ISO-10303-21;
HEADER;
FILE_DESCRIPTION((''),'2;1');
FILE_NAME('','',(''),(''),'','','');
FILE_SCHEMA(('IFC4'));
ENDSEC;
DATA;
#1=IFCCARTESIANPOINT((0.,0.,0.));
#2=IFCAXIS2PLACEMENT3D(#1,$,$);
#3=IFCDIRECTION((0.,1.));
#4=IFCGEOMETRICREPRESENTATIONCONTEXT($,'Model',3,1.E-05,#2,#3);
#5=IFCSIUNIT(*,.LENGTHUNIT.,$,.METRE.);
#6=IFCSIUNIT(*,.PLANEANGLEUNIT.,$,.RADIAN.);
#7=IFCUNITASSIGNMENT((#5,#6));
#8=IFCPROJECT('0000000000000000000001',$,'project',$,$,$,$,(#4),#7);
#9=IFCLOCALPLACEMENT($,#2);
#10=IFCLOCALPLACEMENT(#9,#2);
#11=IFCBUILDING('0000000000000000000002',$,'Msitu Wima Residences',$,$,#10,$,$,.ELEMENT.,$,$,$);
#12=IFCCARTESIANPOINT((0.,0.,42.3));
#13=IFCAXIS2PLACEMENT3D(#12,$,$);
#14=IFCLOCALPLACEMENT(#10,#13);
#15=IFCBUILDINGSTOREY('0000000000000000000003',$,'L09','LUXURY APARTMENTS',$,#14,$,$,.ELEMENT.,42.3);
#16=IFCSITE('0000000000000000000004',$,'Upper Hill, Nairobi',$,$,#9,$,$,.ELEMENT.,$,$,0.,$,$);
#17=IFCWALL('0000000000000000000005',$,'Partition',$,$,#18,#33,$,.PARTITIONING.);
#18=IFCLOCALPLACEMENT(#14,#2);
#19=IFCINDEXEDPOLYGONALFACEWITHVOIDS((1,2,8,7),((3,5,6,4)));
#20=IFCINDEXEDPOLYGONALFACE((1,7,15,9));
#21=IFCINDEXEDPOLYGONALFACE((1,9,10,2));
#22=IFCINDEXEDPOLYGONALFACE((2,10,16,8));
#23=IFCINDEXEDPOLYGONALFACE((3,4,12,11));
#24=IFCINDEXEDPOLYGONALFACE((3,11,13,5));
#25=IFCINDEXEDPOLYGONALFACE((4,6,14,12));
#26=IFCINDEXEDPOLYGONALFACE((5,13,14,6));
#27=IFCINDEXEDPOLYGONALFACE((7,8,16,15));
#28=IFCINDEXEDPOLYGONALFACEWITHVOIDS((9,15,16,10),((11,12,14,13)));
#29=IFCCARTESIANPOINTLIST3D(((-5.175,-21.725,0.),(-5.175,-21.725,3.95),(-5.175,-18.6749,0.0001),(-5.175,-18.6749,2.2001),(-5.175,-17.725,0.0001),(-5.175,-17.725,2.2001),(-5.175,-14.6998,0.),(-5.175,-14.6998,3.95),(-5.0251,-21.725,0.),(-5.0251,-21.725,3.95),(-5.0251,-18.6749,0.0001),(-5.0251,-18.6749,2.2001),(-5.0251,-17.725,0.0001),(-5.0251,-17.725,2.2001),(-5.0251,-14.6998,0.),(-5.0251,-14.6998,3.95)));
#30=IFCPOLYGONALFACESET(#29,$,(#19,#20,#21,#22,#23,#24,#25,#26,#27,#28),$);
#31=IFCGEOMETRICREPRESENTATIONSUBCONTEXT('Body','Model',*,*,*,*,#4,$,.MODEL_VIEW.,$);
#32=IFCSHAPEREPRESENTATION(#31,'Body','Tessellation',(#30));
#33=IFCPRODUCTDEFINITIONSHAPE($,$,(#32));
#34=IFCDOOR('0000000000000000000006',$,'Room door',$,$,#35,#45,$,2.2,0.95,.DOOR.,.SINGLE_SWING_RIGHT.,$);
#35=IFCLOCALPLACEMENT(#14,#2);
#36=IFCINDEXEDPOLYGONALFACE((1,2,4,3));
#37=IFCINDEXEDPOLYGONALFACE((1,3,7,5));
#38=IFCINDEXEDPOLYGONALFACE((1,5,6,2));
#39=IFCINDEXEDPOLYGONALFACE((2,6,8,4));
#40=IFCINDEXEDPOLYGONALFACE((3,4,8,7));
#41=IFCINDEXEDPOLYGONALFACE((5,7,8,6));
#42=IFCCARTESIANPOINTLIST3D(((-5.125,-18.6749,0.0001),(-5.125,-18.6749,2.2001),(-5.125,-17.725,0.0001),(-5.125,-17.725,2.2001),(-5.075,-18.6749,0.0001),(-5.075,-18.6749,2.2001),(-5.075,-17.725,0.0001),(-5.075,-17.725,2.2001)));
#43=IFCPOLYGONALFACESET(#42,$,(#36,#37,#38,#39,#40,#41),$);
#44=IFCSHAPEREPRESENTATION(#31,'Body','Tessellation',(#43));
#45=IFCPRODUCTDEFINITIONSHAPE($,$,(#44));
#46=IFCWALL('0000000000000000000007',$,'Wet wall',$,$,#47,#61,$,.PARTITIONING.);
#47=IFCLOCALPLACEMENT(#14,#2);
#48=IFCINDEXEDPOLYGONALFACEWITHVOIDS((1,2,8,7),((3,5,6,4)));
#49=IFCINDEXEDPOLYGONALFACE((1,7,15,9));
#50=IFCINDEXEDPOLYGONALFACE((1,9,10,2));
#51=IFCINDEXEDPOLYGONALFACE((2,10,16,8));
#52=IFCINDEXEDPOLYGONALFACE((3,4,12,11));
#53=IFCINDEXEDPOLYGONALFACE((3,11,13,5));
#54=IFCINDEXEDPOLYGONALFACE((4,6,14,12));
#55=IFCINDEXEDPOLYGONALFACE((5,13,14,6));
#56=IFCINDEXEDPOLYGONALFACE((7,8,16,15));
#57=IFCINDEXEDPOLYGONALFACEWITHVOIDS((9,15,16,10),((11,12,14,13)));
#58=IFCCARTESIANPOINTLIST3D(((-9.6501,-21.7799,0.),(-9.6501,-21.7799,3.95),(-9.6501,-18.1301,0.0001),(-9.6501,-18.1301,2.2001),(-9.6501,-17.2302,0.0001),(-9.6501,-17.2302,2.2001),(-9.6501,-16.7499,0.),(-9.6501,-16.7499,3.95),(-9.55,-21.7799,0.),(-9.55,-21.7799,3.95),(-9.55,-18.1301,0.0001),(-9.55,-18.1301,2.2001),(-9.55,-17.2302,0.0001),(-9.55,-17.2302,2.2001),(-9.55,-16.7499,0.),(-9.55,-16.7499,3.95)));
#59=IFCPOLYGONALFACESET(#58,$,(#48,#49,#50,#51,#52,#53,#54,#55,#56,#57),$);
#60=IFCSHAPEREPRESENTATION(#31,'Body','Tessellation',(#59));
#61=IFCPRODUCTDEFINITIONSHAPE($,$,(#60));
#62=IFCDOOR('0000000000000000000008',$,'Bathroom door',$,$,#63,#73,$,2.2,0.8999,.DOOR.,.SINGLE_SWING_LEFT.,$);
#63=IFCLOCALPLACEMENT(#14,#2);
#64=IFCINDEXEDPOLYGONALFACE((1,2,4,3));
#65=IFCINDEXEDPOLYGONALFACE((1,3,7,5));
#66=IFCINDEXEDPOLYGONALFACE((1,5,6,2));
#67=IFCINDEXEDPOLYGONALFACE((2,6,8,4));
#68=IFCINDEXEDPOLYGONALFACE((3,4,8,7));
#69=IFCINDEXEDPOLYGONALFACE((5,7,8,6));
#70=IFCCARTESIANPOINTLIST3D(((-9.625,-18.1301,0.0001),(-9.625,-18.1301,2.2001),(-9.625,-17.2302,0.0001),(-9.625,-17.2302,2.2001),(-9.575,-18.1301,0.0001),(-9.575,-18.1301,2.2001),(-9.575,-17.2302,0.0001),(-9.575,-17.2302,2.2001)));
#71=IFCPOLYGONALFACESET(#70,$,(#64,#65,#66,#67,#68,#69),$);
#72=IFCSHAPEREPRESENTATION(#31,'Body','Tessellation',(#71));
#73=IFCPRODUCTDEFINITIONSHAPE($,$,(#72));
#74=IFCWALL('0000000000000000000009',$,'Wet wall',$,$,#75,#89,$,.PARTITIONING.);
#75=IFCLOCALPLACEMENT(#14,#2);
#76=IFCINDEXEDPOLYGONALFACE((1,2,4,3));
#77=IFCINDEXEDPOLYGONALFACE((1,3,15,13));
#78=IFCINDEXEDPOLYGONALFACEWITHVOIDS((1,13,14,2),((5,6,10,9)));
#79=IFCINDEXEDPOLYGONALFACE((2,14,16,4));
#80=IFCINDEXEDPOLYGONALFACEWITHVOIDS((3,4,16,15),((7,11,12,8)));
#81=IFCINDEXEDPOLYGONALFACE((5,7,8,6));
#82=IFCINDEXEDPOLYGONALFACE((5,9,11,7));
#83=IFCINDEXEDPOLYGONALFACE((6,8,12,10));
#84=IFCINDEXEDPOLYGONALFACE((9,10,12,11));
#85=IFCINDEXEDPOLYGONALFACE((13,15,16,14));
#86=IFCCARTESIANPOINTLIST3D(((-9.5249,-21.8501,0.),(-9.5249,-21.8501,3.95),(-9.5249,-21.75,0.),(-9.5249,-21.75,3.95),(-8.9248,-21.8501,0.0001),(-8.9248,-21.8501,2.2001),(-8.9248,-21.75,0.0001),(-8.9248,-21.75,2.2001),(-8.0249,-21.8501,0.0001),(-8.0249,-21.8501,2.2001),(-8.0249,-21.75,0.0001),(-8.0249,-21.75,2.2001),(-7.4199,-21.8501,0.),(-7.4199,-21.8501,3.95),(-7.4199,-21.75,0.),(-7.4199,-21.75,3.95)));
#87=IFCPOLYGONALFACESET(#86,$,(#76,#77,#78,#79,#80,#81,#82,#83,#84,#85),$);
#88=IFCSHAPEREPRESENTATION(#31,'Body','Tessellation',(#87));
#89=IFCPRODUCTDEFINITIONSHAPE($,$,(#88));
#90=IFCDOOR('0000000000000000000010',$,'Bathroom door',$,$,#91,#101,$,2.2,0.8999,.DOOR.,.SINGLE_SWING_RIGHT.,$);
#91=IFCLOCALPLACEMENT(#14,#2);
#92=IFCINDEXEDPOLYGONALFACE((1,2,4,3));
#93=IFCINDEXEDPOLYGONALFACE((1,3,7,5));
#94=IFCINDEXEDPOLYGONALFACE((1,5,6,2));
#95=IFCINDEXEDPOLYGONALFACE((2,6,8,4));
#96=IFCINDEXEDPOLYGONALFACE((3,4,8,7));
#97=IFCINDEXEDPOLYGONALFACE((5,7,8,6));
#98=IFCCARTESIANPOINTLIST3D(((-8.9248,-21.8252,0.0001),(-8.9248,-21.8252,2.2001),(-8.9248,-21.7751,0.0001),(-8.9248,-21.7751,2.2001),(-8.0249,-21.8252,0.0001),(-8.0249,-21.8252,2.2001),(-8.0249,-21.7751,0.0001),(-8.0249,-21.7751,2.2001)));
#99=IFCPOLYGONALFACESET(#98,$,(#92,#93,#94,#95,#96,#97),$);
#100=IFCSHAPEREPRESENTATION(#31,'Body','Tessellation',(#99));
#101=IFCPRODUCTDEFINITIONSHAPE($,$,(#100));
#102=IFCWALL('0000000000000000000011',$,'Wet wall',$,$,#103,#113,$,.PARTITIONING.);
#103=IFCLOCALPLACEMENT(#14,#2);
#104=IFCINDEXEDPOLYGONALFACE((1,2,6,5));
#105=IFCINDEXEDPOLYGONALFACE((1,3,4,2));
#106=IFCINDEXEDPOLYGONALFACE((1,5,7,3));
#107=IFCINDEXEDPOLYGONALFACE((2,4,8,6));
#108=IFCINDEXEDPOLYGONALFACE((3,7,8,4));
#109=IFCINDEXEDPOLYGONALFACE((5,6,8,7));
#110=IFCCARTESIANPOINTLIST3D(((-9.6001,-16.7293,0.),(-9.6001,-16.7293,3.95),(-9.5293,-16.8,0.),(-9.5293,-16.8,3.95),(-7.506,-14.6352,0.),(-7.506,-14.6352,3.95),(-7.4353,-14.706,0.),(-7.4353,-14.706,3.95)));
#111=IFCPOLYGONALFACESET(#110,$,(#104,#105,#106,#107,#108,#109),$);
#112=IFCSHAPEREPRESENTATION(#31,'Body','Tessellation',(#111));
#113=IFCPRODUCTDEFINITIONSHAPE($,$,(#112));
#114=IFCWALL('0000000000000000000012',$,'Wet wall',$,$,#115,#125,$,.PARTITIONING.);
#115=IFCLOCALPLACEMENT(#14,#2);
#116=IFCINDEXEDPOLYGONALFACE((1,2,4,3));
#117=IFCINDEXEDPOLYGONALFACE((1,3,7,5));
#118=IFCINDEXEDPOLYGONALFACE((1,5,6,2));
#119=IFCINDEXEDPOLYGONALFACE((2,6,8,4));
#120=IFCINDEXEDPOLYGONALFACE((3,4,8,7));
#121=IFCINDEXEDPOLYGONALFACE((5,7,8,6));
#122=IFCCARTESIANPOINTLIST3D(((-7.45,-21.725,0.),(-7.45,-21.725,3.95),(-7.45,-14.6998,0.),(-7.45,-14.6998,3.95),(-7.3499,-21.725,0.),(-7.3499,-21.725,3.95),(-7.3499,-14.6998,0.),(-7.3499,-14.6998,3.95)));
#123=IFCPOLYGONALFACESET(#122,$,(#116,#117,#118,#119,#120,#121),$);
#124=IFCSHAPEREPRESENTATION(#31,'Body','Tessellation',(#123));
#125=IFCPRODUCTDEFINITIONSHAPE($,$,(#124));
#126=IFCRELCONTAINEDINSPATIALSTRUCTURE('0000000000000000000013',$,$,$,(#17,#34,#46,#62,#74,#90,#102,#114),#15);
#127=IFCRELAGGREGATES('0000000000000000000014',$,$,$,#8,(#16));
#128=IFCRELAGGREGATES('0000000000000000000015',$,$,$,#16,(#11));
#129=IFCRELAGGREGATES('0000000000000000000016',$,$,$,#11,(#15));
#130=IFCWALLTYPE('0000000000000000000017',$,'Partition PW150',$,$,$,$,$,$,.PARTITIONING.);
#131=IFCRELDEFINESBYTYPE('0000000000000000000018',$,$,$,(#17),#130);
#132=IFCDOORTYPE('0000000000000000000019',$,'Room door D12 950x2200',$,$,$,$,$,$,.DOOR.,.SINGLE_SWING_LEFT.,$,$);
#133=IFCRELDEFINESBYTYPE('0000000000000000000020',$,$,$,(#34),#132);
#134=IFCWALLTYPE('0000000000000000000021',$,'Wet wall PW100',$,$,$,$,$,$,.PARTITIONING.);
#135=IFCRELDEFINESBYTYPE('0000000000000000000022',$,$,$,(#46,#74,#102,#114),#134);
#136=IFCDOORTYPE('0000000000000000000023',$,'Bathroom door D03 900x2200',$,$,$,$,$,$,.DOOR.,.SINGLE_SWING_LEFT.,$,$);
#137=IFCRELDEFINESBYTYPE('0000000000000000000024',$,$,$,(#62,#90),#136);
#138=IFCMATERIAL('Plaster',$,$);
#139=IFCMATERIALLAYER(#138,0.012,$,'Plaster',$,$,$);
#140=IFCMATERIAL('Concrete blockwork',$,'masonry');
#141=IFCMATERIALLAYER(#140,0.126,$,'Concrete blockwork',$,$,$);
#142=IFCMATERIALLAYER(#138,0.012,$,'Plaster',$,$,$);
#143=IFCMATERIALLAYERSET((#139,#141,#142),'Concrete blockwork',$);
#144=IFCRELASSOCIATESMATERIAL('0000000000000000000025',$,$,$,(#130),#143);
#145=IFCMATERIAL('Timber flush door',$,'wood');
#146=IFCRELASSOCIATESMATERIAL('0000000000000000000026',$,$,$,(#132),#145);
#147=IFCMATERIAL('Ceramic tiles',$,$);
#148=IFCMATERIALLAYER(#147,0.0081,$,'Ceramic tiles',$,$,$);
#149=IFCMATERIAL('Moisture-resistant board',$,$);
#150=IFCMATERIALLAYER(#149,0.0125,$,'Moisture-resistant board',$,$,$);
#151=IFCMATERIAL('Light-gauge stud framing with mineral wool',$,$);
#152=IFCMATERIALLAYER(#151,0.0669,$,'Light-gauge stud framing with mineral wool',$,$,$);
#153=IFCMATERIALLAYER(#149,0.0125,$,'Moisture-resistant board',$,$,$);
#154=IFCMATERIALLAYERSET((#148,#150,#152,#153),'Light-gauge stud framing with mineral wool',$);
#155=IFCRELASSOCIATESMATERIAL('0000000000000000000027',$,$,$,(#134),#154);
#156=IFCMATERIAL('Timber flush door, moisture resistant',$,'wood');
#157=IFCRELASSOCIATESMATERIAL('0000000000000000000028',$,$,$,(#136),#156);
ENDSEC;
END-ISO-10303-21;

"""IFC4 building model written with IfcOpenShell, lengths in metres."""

from ifc_helpers import new_model, si_unit, direction, frame, frame_2d, origin, place, context, subcontext, project, spatial, rectangle, extrude, material, layer, layer_set, type_object, element, fill, save


model = new_model("IFC4")

# Units and contexts
model_context = context("Model", 3, precision=1e-05, world=origin(), true_north=direction((0.0, 1.0)))
body_context = subcontext(model_context, "Body", "Model", "MODEL_VIEW")
ifc_project = project(units=[si_unit("LENGTHUNIT", "METRE"), si_unit("PLANEANGLEUNIT", "RADIAN")], contexts=[model_context])

# Site, building, storey
site_placement = place(None, origin())
site = spatial("IfcSite", under=ifc_project, at=site_placement, Name="Upper Hill, Nairobi", CompositionType="ELEMENT", RefElevation=0.0)
building_placement = place(site_placement, origin())
building = spatial("IfcBuilding", under=site, at=building_placement, Name="Msitu Wima Residences", CompositionType="ELEMENT")
storey_placement = place(building_placement, frame((0.0, 0.0, 42.3)))
storey = spatial("IfcBuildingStorey", under=building, at=storey_placement, Name="L09", Description="LUXURY APARTMENTS", CompositionType="ELEMENT", Elevation=42.3)

# Shared definitions
ifc_material_1 = material(Name="Plaster")
ifc_layer_1 = layer(ifc_material_1, 0.012, Name="Plaster")
ifc_material_2 = material(Name="Concrete blockwork", Category="masonry")
ifc_layer_2 = layer(ifc_material_2, 0.126, Name="Concrete blockwork")
ifc_layer_3 = layer(ifc_material_1, 0.012, Name="Plaster")
ifc_layer_set_1 = layer_set([ifc_layer_1, ifc_layer_2, ifc_layer_3], Name="Concrete blockwork")
wall_type_1 = type_object("IfcWallType", Name="Partition PW150", PredefinedType="PARTITIONING", material=ifc_layer_set_1)

# Walls, openings, doors
ifc_material_3 = material(Name="Timber flush door", Category="wood")
door_type_1 = type_object("IfcDoorType", Name="Room door D12 950x2200", OperationType="SINGLE_SWING_LEFT", PredefinedType="DOOR", material=ifc_material_3)
wall_1_placement = place(storey_placement, frame((-5.1001, -21.7251, 0.0), z_axis=(0.0, 0.0, 1.0), x_axis=(0.0, 1.0, 0.0)))
wall_1 = element("IfcWall", 1, at=wall_1_placement, inside=storey, type_object=wall_type_1, Name="Partition", PredefinedType="PARTITIONING", context=body_context, shape_type="SweptSolid", body=[
    extrude(rectangle(XDim=7.0251, YDim=0.1499, at=frame_2d((3.5127, 0.0))), origin(), (0.0, 0.0, 1.0), 3.95),
])
opening_1_placement = place(wall_1_placement, frame((3.05, 0.0, 0.0)))
opening_1 = element("IfcOpeningElement", 2, at=opening_1_placement, cuts=wall_1, PredefinedType="OPENING", context=body_context, shape_type="SweptSolid", body=[
    extrude(rectangle(XDim=0.95, YDim=2.2, at=frame_2d((0.4751, 1.1001))), frame((0.0, 0.085, 0.0), z_axis=(0.0, -1.0, 0.0), x_axis=(1.0, 0.0, 0.0)), (0.0, 0.0, 1.0), 0.1699),
])
door_1_placement = place(opening_1_placement, origin())
door_1 = element("IfcDoor", 3, at=door_1_placement, inside=storey, type_object=door_type_1, Name="Room door", OperationType="SINGLE_SWING_RIGHT", OverallHeight=2.2, OverallWidth=0.95, PredefinedType="DOOR", context=body_context, shape_type="SweptSolid", body=[
    extrude(rectangle(XDim=0.95, YDim=2.2, at=frame_2d((0.4751, 1.1001))), frame((0.0, 0.0249, 0.0), z_axis=(0.0, -1.0, 0.0), x_axis=(1.0, 0.0, 0.0)), (0.0, 0.0, 1.0), 0.05),
])
fill(opening_1, door_1)
ifc_material_4 = material(Name="Ceramic tiles")
ifc_layer_4 = layer(ifc_material_4, 0.0081, Name="Ceramic tiles")
ifc_material_5 = material(Name="Moisture-resistant board")
ifc_layer_5 = layer(ifc_material_5, 0.0125, Name="Moisture-resistant board")
ifc_material_6 = material(Name="Light-gauge stud framing with mineral wool")
ifc_layer_6 = layer(ifc_material_6, 0.0669, Name="Light-gauge stud framing with mineral wool")
ifc_layer_7 = layer(ifc_material_5, 0.0125, Name="Moisture-resistant board")
ifc_layer_set_2 = layer_set([ifc_layer_4, ifc_layer_5, ifc_layer_6, ifc_layer_7], Name="Light-gauge stud framing with mineral wool")
wall_type_2 = type_object("IfcWallType", Name="Wet wall PW100", PredefinedType="PARTITIONING", material=ifc_layer_set_2)
wall_2_placement = place(storey_placement, frame((-9.6001, -21.78, 0.0), z_axis=(0.0, 0.0, 1.0), x_axis=(0.0, 1.0, 0.0)))
wall_2 = element("IfcWall", 4, at=wall_2_placement, inside=storey, type_object=wall_type_2, Name="Wet wall", PredefinedType="PARTITIONING", context=body_context, shape_type="SweptSolid", body=[
    extrude(rectangle(XDim=5.03, YDim=0.1001, at=frame_2d((2.5151, 0.0))), origin(), (0.0, 0.0, 1.0), 3.95),
])
opening_2_placement = place(wall_2_placement, frame((3.6499, 0.0, 0.0)))
opening_2 = element("IfcOpeningElement", 5, at=opening_2_placement, cuts=wall_2, PredefinedType="OPENING", context=body_context, shape_type="SweptSolid", body=[
    extrude(rectangle(XDim=0.8999, YDim=2.2, at=frame_2d((0.45, 1.1001))), frame((0.0, 0.0601, 0.0), z_axis=(0.0, -1.0, 0.0), x_axis=(1.0, 0.0, 0.0)), (0.0, 0.0, 1.0), 0.1201),
])
ifc_material_7 = material(Name="Timber flush door, moisture resistant", Category="wood")
door_type_2 = type_object("IfcDoorType", Name="Bathroom door D03 900x2200", OperationType="SINGLE_SWING_LEFT", PredefinedType="DOOR", material=ifc_material_7)
door_2_placement = place(opening_2_placement, origin())
door_2 = element("IfcDoor", 6, at=door_2_placement, inside=storey, type_object=door_type_2, Name="Bathroom door", OperationType="SINGLE_SWING_LEFT", OverallHeight=2.2, OverallWidth=0.8999, PredefinedType="DOOR", context=body_context, shape_type="SweptSolid", body=[
    extrude(rectangle(XDim=0.8999, YDim=2.2, at=frame_2d((0.45, 1.1001))), frame((0.0, 0.0249, 0.0), z_axis=(0.0, -1.0, 0.0), x_axis=(1.0, 0.0, 0.0)), (0.0, 0.0, 1.0), 0.05),
])
fill(opening_2, door_2)
wall_3_placement = place(storey_placement, frame((-9.5249, -21.8, 0.0), z_axis=(0.0, 0.0, 1.0), x_axis=(1.0, 0.0, 0.0)))
wall_3 = element("IfcWall", 7, at=wall_3_placement, inside=storey, type_object=wall_type_2, Name="Wet wall", PredefinedType="PARTITIONING", context=body_context, shape_type="SweptSolid", body=[
    extrude(rectangle(XDim=2.105, YDim=0.1001, at=frame_2d((1.0525, 0.0))), origin(), (0.0, 0.0, 1.0), 3.95),
])
opening_3_placement = place(wall_3_placement, frame((0.6001, 0.0, 0.0)))
opening_3 = element("IfcOpeningElement", 8, at=opening_3_placement, cuts=wall_3, PredefinedType="OPENING", context=body_context, shape_type="SweptSolid", body=[
    extrude(rectangle(XDim=0.8999, YDim=2.2, at=frame_2d((0.45, 1.1001))), frame((0.0, 0.0601, 0.0), z_axis=(0.0, -1.0, 0.0), x_axis=(1.0, 0.0, 0.0)), (0.0, 0.0, 1.0), 0.1201),
])
door_3_placement = place(opening_3_placement, origin())
door_3 = element("IfcDoor", 9, at=door_3_placement, inside=storey, type_object=door_type_2, Name="Bathroom door", OperationType="SINGLE_SWING_RIGHT", OverallHeight=2.2, OverallWidth=0.8999, PredefinedType="DOOR", context=body_context, shape_type="SweptSolid", body=[
    extrude(rectangle(XDim=0.8999, YDim=2.2, at=frame_2d((0.45, 1.1001))), frame((0.0, 0.0249, 0.0), z_axis=(0.0, -1.0, 0.0), x_axis=(1.0, 0.0, 0.0)), (0.0, 0.0, 1.0), 0.05),
])
fill(opening_3, door_3)

# Walls
wall_4_placement = place(storey_placement, frame((-9.5647, -16.7646, 0.0), z_axis=(0.0, 0.0, 1.0), x_axis=(0.707107, 0.707107, 0.0)))
element("IfcWall", 10, at=wall_4_placement, inside=storey, type_object=wall_type_2, Name="Wet wall", PredefinedType="PARTITIONING", context=body_context, shape_type="SweptSolid", body=[
    extrude(rectangle(XDim=2.9614, YDim=0.1001, at=frame_2d((1.4807, 0.0))), origin(), (0.0, 0.0, 1.0), 3.95),
])
wall_5_placement = place(storey_placement, frame((-7.3999, -21.7251, 0.0), z_axis=(0.0, 0.0, 1.0), x_axis=(0.0, 1.0, 0.0)))
element("IfcWall", 11, at=wall_5_placement, inside=storey, type_object=wall_type_2, Name="Wet wall", PredefinedType="PARTITIONING", context=body_context, shape_type="SweptSolid", body=[
    extrude(rectangle(XDim=7.0251, YDim=0.1001, at=frame_2d((3.5127, 0.0))), origin(), (0.0, 0.0, 1.0), 3.95),
])

save(model, "model.ifc")
